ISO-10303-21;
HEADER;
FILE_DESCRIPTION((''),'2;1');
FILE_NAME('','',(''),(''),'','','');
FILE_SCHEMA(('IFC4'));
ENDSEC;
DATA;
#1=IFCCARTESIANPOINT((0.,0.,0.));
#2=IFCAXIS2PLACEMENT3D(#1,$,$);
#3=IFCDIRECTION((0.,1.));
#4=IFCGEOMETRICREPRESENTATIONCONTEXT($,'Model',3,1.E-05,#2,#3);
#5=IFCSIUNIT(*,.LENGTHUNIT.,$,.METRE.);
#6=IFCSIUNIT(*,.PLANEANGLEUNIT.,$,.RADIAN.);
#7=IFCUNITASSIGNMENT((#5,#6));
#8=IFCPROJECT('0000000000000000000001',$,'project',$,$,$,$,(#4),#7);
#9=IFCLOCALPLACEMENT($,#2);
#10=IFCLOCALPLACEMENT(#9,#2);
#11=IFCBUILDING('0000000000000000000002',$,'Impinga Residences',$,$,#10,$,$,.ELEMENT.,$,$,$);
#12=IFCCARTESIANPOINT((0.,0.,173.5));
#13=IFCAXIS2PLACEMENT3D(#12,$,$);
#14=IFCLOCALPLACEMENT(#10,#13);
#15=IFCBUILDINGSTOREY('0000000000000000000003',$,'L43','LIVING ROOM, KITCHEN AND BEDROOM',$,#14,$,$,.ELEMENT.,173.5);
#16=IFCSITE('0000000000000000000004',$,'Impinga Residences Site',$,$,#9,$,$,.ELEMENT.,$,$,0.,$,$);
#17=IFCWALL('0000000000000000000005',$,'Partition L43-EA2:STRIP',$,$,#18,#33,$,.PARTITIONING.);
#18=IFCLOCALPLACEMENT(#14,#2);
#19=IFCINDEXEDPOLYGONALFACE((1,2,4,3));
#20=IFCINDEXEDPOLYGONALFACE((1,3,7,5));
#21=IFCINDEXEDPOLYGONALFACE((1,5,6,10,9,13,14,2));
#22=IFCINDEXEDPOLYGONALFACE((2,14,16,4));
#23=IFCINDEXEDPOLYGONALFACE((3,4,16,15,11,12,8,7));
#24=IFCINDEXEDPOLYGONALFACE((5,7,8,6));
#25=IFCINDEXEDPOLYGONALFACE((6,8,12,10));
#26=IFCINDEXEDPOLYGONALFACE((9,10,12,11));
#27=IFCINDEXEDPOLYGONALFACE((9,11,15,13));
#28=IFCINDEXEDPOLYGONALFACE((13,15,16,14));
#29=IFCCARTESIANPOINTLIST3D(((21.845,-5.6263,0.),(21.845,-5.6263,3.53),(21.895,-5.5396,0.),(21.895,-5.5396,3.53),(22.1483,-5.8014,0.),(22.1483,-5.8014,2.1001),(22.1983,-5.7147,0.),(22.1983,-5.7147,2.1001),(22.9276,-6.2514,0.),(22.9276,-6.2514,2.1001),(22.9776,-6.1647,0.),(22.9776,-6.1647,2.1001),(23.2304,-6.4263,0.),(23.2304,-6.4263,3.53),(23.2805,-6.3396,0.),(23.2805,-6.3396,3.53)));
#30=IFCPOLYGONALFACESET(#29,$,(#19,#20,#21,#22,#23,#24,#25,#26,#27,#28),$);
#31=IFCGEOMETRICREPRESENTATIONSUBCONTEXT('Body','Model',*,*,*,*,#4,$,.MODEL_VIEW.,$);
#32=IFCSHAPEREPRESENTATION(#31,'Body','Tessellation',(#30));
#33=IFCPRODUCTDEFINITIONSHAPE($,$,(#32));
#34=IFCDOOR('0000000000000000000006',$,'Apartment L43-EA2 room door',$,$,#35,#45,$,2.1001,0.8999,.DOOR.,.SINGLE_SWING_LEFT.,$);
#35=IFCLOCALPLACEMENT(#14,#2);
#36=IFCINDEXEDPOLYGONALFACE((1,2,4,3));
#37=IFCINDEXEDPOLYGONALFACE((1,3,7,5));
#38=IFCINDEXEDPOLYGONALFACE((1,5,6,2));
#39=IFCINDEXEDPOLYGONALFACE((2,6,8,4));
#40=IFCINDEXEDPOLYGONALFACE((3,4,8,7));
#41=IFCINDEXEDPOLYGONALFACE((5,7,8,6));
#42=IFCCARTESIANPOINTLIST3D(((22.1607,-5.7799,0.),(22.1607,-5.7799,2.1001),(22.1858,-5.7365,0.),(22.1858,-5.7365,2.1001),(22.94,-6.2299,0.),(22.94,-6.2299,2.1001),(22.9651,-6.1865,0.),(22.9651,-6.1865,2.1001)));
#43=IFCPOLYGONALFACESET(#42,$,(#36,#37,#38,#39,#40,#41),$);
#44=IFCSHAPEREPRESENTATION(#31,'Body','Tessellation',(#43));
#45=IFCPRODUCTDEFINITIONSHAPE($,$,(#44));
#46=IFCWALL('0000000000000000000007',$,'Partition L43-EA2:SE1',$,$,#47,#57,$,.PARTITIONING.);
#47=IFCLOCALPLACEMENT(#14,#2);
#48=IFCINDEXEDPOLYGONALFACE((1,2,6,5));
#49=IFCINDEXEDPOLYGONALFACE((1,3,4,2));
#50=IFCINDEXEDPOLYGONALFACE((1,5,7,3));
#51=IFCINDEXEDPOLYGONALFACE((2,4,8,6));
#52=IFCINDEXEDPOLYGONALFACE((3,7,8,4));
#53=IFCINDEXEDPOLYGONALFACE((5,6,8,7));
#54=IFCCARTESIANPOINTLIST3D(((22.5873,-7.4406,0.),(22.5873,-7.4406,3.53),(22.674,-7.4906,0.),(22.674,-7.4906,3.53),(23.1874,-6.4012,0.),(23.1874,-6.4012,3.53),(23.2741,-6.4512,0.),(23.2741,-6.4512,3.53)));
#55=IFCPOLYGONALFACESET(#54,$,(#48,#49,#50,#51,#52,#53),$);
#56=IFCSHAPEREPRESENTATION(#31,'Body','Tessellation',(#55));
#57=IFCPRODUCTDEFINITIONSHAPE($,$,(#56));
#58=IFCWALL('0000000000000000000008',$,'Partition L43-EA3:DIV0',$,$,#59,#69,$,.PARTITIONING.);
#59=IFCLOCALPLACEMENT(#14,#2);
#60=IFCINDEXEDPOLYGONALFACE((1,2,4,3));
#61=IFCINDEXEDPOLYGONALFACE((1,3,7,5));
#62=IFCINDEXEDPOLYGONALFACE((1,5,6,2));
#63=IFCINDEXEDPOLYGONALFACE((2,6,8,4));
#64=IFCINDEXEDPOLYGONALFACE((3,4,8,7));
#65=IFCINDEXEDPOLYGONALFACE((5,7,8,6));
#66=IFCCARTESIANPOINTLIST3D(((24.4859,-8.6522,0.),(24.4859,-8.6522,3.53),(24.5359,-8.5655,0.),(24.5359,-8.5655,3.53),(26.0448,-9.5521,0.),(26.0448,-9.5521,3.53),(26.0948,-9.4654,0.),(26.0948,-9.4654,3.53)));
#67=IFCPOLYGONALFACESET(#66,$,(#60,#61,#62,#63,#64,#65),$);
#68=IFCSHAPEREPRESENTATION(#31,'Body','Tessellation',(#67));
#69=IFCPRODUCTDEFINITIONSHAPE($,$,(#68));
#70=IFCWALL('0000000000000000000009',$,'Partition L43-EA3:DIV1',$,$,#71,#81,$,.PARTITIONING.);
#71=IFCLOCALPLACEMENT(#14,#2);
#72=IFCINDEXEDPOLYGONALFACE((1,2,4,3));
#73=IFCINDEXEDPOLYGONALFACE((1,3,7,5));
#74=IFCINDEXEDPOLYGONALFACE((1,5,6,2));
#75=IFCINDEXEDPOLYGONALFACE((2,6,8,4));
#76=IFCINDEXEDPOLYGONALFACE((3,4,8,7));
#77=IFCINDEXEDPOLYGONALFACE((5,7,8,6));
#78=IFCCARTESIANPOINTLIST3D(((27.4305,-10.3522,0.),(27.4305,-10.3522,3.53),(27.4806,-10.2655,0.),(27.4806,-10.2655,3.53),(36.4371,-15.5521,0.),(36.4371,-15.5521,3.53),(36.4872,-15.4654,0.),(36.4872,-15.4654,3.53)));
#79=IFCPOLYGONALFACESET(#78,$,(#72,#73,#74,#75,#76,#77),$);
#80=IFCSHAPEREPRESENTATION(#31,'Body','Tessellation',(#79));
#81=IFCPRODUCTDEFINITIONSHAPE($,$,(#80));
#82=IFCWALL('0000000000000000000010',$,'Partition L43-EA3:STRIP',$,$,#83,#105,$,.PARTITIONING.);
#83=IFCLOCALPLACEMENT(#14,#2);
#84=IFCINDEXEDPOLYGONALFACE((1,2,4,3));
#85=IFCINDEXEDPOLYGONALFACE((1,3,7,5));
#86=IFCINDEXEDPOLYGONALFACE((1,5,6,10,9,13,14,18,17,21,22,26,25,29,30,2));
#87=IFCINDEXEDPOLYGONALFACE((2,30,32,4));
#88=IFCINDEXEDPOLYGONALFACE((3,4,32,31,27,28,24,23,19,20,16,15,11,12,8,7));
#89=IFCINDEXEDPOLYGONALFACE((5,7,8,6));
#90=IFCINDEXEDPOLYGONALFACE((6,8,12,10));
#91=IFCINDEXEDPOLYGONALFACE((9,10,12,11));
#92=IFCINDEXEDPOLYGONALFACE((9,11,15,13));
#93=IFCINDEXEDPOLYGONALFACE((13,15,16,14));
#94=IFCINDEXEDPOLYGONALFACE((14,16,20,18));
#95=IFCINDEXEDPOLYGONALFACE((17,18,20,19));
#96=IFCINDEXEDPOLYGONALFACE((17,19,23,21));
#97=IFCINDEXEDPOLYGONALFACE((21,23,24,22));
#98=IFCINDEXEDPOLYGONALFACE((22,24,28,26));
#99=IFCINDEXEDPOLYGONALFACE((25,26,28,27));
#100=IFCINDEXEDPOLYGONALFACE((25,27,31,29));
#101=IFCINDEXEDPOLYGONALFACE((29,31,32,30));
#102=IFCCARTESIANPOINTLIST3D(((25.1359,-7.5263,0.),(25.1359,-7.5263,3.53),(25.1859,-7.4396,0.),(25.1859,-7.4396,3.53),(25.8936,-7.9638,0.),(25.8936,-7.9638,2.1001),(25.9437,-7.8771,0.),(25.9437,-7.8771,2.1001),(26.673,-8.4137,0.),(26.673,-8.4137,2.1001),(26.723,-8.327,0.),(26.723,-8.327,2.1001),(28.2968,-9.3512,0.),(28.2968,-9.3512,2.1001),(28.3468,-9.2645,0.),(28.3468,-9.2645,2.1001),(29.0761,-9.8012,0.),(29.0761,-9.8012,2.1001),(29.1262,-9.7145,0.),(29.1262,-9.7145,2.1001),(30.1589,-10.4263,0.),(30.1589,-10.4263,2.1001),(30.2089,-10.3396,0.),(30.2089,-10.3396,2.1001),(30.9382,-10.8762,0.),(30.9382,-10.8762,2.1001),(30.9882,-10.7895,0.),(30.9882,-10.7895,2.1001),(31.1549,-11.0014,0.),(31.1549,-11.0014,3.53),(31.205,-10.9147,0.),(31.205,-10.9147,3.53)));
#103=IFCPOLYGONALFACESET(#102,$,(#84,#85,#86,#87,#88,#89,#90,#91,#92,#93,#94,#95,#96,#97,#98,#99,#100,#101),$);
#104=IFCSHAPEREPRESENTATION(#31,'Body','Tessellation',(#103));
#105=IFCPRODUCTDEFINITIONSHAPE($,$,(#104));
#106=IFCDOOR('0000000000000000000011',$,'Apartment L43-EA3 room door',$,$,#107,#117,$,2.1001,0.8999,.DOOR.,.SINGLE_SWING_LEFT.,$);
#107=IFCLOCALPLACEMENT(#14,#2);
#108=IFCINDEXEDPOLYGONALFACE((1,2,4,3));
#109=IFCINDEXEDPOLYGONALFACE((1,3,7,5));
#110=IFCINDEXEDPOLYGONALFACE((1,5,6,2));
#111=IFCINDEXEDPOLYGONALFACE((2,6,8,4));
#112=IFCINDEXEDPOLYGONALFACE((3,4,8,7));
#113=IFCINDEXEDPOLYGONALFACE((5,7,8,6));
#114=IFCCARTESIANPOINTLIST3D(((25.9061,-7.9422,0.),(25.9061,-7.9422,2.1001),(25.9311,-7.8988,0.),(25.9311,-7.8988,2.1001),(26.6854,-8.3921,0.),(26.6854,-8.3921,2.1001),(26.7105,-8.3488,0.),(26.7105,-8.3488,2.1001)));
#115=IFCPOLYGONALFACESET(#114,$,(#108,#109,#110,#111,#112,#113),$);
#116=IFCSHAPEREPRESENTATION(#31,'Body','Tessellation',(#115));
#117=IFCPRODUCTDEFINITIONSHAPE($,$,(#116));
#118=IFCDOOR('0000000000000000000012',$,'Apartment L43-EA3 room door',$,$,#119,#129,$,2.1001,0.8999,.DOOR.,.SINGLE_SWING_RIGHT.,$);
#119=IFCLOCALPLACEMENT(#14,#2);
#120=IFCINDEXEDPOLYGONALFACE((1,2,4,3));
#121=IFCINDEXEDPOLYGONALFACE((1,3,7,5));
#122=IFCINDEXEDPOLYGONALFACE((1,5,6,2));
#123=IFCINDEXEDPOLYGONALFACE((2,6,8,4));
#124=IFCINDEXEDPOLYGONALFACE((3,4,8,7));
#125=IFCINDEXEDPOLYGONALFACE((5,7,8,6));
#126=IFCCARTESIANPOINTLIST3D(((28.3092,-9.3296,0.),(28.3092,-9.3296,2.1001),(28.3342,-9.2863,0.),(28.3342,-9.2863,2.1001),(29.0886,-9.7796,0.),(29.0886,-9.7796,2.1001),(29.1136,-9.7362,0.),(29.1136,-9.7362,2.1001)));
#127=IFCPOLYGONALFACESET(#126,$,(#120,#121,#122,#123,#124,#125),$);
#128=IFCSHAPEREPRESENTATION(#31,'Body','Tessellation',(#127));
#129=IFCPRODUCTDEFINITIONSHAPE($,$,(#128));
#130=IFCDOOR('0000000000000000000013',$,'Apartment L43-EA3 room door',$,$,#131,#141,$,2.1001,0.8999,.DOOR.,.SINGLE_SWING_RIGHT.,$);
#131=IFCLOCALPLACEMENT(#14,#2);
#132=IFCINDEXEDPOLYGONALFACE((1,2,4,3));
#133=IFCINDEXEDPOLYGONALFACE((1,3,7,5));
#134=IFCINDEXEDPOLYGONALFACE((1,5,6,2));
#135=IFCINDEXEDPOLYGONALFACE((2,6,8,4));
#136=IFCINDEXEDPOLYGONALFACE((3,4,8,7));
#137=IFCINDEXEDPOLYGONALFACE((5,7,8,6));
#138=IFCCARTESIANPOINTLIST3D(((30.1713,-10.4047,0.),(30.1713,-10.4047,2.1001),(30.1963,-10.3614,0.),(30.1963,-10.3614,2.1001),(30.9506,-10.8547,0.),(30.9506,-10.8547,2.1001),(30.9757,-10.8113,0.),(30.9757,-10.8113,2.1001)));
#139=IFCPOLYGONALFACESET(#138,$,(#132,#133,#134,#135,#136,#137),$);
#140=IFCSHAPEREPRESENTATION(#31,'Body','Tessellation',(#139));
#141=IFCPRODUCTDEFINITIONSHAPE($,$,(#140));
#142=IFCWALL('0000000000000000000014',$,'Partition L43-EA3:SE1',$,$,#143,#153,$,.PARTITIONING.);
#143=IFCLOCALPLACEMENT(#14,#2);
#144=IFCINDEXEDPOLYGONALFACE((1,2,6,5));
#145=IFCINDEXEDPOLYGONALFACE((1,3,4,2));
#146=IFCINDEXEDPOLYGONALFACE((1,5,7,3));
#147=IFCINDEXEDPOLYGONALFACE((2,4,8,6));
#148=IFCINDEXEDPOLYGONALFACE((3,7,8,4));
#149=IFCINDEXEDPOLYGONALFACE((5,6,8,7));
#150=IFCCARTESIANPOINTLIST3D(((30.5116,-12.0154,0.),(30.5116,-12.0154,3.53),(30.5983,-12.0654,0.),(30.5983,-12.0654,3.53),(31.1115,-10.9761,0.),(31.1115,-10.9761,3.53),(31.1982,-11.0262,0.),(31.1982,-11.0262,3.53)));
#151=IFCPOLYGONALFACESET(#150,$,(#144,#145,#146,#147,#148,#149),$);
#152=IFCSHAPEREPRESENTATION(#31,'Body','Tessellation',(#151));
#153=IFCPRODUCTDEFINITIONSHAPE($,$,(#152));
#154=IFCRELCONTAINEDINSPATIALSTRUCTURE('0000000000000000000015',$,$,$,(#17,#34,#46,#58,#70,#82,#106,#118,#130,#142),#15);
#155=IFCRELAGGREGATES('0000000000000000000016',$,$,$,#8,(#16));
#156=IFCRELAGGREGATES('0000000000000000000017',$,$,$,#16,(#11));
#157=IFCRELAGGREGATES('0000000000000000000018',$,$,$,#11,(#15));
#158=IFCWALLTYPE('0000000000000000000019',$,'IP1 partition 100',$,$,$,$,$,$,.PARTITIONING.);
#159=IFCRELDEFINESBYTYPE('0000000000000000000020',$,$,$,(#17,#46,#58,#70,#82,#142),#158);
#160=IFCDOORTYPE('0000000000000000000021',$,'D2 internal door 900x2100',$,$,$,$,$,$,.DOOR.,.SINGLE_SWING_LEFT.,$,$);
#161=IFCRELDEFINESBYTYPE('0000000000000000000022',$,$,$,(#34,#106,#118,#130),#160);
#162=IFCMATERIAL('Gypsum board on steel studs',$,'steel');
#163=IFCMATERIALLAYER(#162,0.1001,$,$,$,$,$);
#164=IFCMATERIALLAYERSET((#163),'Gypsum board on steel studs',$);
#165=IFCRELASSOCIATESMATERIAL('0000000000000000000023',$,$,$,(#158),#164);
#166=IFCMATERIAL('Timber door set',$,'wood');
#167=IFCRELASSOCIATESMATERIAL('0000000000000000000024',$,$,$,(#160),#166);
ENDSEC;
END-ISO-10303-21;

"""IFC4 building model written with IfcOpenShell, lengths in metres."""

from ifc_helpers import new_model, si_unit, direction, frame, frame_2d, origin, place, context, subcontext, project, spatial, rectangle, extrude, material, layer, layer_set, type_object, element, fill, save


model = new_model("IFC4")

# Units and contexts
model_context = context("Model", 3, precision=1e-05, world=origin(), true_north=direction((0.0, 1.0)))
body_context = subcontext(model_context, "Body", "Model", "MODEL_VIEW")
ifc_project = project(units=[si_unit("LENGTHUNIT", "METRE"), si_unit("PLANEANGLEUNIT", "RADIAN")], contexts=[model_context])

# Site, building, storey
site_placement = place(None, origin())
site = spatial("IfcSite", under=ifc_project, at=site_placement, Name="Impinga Residences Site", CompositionType="ELEMENT", RefElevation=0.0)
building_placement = place(site_placement, origin())
building = spatial("IfcBuilding", under=site, at=building_placement, Name="Impinga Residences", CompositionType="ELEMENT")
storey_placement = place(building_placement, frame((0.0, 0.0, 173.5)))
storey = spatial("IfcBuildingStorey", under=building, at=storey_placement, Name="L43", Description="LIVING ROOM, KITCHEN AND BEDROOM", CompositionType="ELEMENT", Elevation=173.5)

# Shared definitions
ifc_material_1 = material(Name="Timber door set", Category="wood")

# Shared definitions
ifc_material_2 = material(Name="Gypsum board on steel studs", Category="steel")
ifc_layer_1 = layer(ifc_material_2, 0.1001)
ifc_layer_set_1 = layer_set([ifc_layer_1], Name="Gypsum board on steel studs")
wall_type_1 = type_object("IfcWallType", Name="IP1 partition 100", PredefinedType="PARTITIONING", material=ifc_layer_set_1)

# Wall, opening, door
wall_1_placement = place(storey_placement, frame((21.8701, -5.583, 0.0), z_axis=(0.0, 0.0, 1.0), x_axis=(0.86599, -0.500061, 0.0)))
wall_1 = element("IfcWall", 1, at=wall_1_placement, inside=storey, type_object=wall_type_1, Name="Partition L43-EA2:STRIP", PredefinedType="PARTITIONING", context=body_context, shape_type="SweptSolid", body=[
    extrude(rectangle(XDim=1.5999, YDim=0.1001, at=frame_2d((0.7998, 0.0))), origin(), (0.0, 0.0, 1.0), 3.53),
])
opening_1_placement = place(wall_1_placement, frame((0.3501, 0.0, 0.0)))
opening_1 = element("IfcOpeningElement", 2, at=opening_1_placement, cuts=wall_1, PredefinedType="OPENING", context=body_context, shape_type="SweptSolid", body=[
    extrude(rectangle(XDim=0.8999, YDim=2.1001, at=frame_2d((0.45, 1.05))), frame((0.0, 0.0601, 0.0), z_axis=(0.0, -1.0, 0.0), x_axis=(1.0, 0.0, 0.0)), (0.0, 0.0, 1.0), 0.1201),
])
door_type_1 = type_object("IfcDoorType", Name="D2 internal door 900x2100", OperationType="SINGLE_SWING_LEFT", PredefinedType="DOOR", material=ifc_material_1)
door_1_placement = place(opening_1_placement, origin())
door_1 = element("IfcDoor", 3, at=door_1_placement, inside=storey, type_object=door_type_1, Name="Apartment L43-EA2 room door", OperationType="SINGLE_SWING_LEFT", OverallHeight=2.1001, OverallWidth=0.8999, PredefinedType="DOOR", context=body_context, shape_type="SweptSolid", body=[
    extrude(rectangle(XDim=0.8999, YDim=2.1001, at=frame_2d((0.45, 1.05))), frame((0.0, 0.0249, 0.0), z_axis=(0.0, -1.0, 0.0), x_axis=(1.0, 0.0, 0.0)), (0.0, 0.0, 1.0), 0.05),
])
fill(opening_1, door_1)

# Walls
wall_2_placement = place(storey_placement, frame((22.6306, -7.4656, 0.0), z_axis=(0.0, 0.0, 1.0), x_axis=(0.500034, 0.866006, 0.0)))
element("IfcWall", 4, at=wall_2_placement, inside=storey, type_object=wall_type_1, Name="Partition L43-EA2:SE1", PredefinedType="PARTITIONING", context=body_context, shape_type="SweptSolid", body=[
    extrude(rectangle(XDim=1.2002, YDim=0.1001, at=frame_2d((0.6001, 0.0))), origin(), (0.0, 0.0, 1.0), 3.53),
])
wall_3_placement = place(storey_placement, frame((24.511, -8.6089, 0.0), z_axis=(0.0, 0.0, 1.0), x_axis=(0.866048, -0.499961, 0.0)))
element("IfcWall", 5, at=wall_3_placement, inside=storey, type_object=wall_type_1, Name="Partition L43-EA3:DIV0", PredefinedType="PARTITIONING", context=body_context, shape_type="SweptSolid", body=[
    extrude(rectangle(XDim=1.8, YDim=0.1001, at=frame_2d((0.8999, 0.0))), origin(), (0.0, 0.0, 1.0), 3.53),
])
wall_4_placement = place(storey_placement, frame((27.4556, -10.3088, 0.0), z_axis=(0.0, 0.0, 1.0), x_axis=(0.866026, -0.499999, 0.0)))
element("IfcWall", 6, at=wall_4_placement, inside=storey, type_object=wall_type_1, Name="Partition L43-EA3:DIV1", PredefinedType="PARTITIONING", context=body_context, shape_type="SweptSolid", body=[
    extrude(rectangle(XDim=10.3999, YDim=0.1001, at=frame_2d((5.2, 0.0))), origin(), (0.0, 0.0, 1.0), 3.53),
])

# Wall, openings, doors
wall_5_placement = place(storey_placement, frame((25.1609, -7.4829, 0.0), z_axis=(0.0, 0.0, 1.0), x_axis=(0.866025, -0.5, 0.0)))
wall_5 = element("IfcWall", 7, at=wall_5_placement, inside=storey, type_object=wall_type_1, Name="Partition L43-EA3:STRIP", PredefinedType="PARTITIONING", context=body_context, shape_type="SweptSolid", body=[
    extrude(rectangle(XDim=6.9502, YDim=0.1001, at=frame_2d((3.4751, 0.0))), origin(), (0.0, 0.0, 1.0), 3.53),
])
opening_2_placement = place(wall_5_placement, frame((0.875, 0.0, 0.0)))
opening_2 = element("IfcOpeningElement", 8, at=opening_2_placement, cuts=wall_5, PredefinedType="OPENING", context=body_context, shape_type="SweptSolid", body=[
    extrude(rectangle(XDim=0.8999, YDim=2.1001, at=frame_2d((0.45, 1.05))), frame((0.0, 0.0601, 0.0), z_axis=(0.0, -1.0, 0.0), x_axis=(1.0, 0.0, 0.0)), (0.0, 0.0, 1.0), 0.1201),
])
opening_3_placement = place(wall_5_placement, frame((3.6499, 0.0, 0.0)))
opening_3 = element("IfcOpeningElement", 9, at=opening_3_placement, cuts=wall_5, PredefinedType="OPENING", context=body_context, shape_type="SweptSolid", body=[
    extrude(rectangle(XDim=0.8999, YDim=2.1001, at=frame_2d((0.45, 1.05))), frame((0.0, 0.0601, 0.0), z_axis=(0.0, -1.0, 0.0), x_axis=(1.0, 0.0, 0.0)), (0.0, 0.0, 1.0), 0.1201),
])
opening_4_placement = place(wall_5_placement, frame((5.8, 0.0, 0.0)))
opening_4 = element("IfcOpeningElement", 10, at=opening_4_placement, cuts=wall_5, PredefinedType="OPENING", context=body_context, shape_type="SweptSolid", body=[
    extrude(rectangle(XDim=0.8999, YDim=2.1001, at=frame_2d((0.45, 1.05))), frame((0.0, 0.0601, 0.0), z_axis=(0.0, -1.0, 0.0), x_axis=(1.0, 0.0, 0.0)), (0.0, 0.0, 1.0), 0.1201),
])
door_2_placement = place(opening_2_placement, origin())
door_2 = element("IfcDoor", 11, at=door_2_placement, inside=storey, type_object=door_type_1, Name="Apartment L43-EA3 room door", OperationType="SINGLE_SWING_LEFT", OverallHeight=2.1001, OverallWidth=0.8999, PredefinedType="DOOR", context=body_context, shape_type="SweptSolid", body=[
    extrude(rectangle(XDim=0.8999, YDim=2.1001, at=frame_2d((0.45, 1.05))), frame((0.0, 0.0249, 0.0), z_axis=(0.0, -1.0, 0.0), x_axis=(1.0, 0.0, 0.0)), (0.0, 0.0, 1.0), 0.05),
])
fill(opening_2, door_2)
door_3_placement = place(opening_3_placement, origin())
door_3 = element("IfcDoor", 12, at=door_3_placement, inside=storey, type_object=door_type_1, Name="Apartment L43-EA3 room door", OperationType="SINGLE_SWING_RIGHT", OverallHeight=2.1001, OverallWidth=0.8999, PredefinedType="DOOR", context=body_context, shape_type="SweptSolid", body=[
    extrude(rectangle(XDim=0.8999, YDim=2.1001, at=frame_2d((0.45, 1.05))), frame((0.0, 0.0249, 0.0), z_axis=(0.0, -1.0, 0.0), x_axis=(1.0, 0.0, 0.0)), (0.0, 0.0, 1.0), 0.05),
])
fill(opening_3, door_3)
door_4_placement = place(opening_4_placement, origin())
door_4 = element("IfcDoor", 13, at=door_4_placement, inside=storey, type_object=door_type_1, Name="Apartment L43-EA3 room door", OperationType="SINGLE_SWING_RIGHT", OverallHeight=2.1001, OverallWidth=0.8999, PredefinedType="DOOR", context=body_context, shape_type="SweptSolid", body=[
    extrude(rectangle(XDim=0.8999, YDim=2.1001, at=frame_2d((0.45, 1.05))), frame((0.0, 0.0249, 0.0), z_axis=(0.0, -1.0, 0.0), x_axis=(1.0, 0.0, 0.0)), (0.0, 0.0, 1.0), 0.05),
])
fill(opening_4, door_4)

# Wall
wall_6_placement = place(storey_placement, frame((30.5549, -12.0405, 0.0), z_axis=(0.0, 0.0, 1.0), x_axis=(0.499881, 0.866094, 0.0)))
element("IfcWall", 14, at=wall_6_placement, inside=storey, type_object=wall_type_1, Name="Partition L43-EA3:SE1", PredefinedType="PARTITIONING", context=body_context, shape_type="SweptSolid", body=[
    extrude(rectangle(XDim=1.2, YDim=0.1001, at=frame_2d((0.6001, 0.0))), origin(), (0.0, 0.0, 1.0), 3.53),
])

save(model, "model.ifc")
